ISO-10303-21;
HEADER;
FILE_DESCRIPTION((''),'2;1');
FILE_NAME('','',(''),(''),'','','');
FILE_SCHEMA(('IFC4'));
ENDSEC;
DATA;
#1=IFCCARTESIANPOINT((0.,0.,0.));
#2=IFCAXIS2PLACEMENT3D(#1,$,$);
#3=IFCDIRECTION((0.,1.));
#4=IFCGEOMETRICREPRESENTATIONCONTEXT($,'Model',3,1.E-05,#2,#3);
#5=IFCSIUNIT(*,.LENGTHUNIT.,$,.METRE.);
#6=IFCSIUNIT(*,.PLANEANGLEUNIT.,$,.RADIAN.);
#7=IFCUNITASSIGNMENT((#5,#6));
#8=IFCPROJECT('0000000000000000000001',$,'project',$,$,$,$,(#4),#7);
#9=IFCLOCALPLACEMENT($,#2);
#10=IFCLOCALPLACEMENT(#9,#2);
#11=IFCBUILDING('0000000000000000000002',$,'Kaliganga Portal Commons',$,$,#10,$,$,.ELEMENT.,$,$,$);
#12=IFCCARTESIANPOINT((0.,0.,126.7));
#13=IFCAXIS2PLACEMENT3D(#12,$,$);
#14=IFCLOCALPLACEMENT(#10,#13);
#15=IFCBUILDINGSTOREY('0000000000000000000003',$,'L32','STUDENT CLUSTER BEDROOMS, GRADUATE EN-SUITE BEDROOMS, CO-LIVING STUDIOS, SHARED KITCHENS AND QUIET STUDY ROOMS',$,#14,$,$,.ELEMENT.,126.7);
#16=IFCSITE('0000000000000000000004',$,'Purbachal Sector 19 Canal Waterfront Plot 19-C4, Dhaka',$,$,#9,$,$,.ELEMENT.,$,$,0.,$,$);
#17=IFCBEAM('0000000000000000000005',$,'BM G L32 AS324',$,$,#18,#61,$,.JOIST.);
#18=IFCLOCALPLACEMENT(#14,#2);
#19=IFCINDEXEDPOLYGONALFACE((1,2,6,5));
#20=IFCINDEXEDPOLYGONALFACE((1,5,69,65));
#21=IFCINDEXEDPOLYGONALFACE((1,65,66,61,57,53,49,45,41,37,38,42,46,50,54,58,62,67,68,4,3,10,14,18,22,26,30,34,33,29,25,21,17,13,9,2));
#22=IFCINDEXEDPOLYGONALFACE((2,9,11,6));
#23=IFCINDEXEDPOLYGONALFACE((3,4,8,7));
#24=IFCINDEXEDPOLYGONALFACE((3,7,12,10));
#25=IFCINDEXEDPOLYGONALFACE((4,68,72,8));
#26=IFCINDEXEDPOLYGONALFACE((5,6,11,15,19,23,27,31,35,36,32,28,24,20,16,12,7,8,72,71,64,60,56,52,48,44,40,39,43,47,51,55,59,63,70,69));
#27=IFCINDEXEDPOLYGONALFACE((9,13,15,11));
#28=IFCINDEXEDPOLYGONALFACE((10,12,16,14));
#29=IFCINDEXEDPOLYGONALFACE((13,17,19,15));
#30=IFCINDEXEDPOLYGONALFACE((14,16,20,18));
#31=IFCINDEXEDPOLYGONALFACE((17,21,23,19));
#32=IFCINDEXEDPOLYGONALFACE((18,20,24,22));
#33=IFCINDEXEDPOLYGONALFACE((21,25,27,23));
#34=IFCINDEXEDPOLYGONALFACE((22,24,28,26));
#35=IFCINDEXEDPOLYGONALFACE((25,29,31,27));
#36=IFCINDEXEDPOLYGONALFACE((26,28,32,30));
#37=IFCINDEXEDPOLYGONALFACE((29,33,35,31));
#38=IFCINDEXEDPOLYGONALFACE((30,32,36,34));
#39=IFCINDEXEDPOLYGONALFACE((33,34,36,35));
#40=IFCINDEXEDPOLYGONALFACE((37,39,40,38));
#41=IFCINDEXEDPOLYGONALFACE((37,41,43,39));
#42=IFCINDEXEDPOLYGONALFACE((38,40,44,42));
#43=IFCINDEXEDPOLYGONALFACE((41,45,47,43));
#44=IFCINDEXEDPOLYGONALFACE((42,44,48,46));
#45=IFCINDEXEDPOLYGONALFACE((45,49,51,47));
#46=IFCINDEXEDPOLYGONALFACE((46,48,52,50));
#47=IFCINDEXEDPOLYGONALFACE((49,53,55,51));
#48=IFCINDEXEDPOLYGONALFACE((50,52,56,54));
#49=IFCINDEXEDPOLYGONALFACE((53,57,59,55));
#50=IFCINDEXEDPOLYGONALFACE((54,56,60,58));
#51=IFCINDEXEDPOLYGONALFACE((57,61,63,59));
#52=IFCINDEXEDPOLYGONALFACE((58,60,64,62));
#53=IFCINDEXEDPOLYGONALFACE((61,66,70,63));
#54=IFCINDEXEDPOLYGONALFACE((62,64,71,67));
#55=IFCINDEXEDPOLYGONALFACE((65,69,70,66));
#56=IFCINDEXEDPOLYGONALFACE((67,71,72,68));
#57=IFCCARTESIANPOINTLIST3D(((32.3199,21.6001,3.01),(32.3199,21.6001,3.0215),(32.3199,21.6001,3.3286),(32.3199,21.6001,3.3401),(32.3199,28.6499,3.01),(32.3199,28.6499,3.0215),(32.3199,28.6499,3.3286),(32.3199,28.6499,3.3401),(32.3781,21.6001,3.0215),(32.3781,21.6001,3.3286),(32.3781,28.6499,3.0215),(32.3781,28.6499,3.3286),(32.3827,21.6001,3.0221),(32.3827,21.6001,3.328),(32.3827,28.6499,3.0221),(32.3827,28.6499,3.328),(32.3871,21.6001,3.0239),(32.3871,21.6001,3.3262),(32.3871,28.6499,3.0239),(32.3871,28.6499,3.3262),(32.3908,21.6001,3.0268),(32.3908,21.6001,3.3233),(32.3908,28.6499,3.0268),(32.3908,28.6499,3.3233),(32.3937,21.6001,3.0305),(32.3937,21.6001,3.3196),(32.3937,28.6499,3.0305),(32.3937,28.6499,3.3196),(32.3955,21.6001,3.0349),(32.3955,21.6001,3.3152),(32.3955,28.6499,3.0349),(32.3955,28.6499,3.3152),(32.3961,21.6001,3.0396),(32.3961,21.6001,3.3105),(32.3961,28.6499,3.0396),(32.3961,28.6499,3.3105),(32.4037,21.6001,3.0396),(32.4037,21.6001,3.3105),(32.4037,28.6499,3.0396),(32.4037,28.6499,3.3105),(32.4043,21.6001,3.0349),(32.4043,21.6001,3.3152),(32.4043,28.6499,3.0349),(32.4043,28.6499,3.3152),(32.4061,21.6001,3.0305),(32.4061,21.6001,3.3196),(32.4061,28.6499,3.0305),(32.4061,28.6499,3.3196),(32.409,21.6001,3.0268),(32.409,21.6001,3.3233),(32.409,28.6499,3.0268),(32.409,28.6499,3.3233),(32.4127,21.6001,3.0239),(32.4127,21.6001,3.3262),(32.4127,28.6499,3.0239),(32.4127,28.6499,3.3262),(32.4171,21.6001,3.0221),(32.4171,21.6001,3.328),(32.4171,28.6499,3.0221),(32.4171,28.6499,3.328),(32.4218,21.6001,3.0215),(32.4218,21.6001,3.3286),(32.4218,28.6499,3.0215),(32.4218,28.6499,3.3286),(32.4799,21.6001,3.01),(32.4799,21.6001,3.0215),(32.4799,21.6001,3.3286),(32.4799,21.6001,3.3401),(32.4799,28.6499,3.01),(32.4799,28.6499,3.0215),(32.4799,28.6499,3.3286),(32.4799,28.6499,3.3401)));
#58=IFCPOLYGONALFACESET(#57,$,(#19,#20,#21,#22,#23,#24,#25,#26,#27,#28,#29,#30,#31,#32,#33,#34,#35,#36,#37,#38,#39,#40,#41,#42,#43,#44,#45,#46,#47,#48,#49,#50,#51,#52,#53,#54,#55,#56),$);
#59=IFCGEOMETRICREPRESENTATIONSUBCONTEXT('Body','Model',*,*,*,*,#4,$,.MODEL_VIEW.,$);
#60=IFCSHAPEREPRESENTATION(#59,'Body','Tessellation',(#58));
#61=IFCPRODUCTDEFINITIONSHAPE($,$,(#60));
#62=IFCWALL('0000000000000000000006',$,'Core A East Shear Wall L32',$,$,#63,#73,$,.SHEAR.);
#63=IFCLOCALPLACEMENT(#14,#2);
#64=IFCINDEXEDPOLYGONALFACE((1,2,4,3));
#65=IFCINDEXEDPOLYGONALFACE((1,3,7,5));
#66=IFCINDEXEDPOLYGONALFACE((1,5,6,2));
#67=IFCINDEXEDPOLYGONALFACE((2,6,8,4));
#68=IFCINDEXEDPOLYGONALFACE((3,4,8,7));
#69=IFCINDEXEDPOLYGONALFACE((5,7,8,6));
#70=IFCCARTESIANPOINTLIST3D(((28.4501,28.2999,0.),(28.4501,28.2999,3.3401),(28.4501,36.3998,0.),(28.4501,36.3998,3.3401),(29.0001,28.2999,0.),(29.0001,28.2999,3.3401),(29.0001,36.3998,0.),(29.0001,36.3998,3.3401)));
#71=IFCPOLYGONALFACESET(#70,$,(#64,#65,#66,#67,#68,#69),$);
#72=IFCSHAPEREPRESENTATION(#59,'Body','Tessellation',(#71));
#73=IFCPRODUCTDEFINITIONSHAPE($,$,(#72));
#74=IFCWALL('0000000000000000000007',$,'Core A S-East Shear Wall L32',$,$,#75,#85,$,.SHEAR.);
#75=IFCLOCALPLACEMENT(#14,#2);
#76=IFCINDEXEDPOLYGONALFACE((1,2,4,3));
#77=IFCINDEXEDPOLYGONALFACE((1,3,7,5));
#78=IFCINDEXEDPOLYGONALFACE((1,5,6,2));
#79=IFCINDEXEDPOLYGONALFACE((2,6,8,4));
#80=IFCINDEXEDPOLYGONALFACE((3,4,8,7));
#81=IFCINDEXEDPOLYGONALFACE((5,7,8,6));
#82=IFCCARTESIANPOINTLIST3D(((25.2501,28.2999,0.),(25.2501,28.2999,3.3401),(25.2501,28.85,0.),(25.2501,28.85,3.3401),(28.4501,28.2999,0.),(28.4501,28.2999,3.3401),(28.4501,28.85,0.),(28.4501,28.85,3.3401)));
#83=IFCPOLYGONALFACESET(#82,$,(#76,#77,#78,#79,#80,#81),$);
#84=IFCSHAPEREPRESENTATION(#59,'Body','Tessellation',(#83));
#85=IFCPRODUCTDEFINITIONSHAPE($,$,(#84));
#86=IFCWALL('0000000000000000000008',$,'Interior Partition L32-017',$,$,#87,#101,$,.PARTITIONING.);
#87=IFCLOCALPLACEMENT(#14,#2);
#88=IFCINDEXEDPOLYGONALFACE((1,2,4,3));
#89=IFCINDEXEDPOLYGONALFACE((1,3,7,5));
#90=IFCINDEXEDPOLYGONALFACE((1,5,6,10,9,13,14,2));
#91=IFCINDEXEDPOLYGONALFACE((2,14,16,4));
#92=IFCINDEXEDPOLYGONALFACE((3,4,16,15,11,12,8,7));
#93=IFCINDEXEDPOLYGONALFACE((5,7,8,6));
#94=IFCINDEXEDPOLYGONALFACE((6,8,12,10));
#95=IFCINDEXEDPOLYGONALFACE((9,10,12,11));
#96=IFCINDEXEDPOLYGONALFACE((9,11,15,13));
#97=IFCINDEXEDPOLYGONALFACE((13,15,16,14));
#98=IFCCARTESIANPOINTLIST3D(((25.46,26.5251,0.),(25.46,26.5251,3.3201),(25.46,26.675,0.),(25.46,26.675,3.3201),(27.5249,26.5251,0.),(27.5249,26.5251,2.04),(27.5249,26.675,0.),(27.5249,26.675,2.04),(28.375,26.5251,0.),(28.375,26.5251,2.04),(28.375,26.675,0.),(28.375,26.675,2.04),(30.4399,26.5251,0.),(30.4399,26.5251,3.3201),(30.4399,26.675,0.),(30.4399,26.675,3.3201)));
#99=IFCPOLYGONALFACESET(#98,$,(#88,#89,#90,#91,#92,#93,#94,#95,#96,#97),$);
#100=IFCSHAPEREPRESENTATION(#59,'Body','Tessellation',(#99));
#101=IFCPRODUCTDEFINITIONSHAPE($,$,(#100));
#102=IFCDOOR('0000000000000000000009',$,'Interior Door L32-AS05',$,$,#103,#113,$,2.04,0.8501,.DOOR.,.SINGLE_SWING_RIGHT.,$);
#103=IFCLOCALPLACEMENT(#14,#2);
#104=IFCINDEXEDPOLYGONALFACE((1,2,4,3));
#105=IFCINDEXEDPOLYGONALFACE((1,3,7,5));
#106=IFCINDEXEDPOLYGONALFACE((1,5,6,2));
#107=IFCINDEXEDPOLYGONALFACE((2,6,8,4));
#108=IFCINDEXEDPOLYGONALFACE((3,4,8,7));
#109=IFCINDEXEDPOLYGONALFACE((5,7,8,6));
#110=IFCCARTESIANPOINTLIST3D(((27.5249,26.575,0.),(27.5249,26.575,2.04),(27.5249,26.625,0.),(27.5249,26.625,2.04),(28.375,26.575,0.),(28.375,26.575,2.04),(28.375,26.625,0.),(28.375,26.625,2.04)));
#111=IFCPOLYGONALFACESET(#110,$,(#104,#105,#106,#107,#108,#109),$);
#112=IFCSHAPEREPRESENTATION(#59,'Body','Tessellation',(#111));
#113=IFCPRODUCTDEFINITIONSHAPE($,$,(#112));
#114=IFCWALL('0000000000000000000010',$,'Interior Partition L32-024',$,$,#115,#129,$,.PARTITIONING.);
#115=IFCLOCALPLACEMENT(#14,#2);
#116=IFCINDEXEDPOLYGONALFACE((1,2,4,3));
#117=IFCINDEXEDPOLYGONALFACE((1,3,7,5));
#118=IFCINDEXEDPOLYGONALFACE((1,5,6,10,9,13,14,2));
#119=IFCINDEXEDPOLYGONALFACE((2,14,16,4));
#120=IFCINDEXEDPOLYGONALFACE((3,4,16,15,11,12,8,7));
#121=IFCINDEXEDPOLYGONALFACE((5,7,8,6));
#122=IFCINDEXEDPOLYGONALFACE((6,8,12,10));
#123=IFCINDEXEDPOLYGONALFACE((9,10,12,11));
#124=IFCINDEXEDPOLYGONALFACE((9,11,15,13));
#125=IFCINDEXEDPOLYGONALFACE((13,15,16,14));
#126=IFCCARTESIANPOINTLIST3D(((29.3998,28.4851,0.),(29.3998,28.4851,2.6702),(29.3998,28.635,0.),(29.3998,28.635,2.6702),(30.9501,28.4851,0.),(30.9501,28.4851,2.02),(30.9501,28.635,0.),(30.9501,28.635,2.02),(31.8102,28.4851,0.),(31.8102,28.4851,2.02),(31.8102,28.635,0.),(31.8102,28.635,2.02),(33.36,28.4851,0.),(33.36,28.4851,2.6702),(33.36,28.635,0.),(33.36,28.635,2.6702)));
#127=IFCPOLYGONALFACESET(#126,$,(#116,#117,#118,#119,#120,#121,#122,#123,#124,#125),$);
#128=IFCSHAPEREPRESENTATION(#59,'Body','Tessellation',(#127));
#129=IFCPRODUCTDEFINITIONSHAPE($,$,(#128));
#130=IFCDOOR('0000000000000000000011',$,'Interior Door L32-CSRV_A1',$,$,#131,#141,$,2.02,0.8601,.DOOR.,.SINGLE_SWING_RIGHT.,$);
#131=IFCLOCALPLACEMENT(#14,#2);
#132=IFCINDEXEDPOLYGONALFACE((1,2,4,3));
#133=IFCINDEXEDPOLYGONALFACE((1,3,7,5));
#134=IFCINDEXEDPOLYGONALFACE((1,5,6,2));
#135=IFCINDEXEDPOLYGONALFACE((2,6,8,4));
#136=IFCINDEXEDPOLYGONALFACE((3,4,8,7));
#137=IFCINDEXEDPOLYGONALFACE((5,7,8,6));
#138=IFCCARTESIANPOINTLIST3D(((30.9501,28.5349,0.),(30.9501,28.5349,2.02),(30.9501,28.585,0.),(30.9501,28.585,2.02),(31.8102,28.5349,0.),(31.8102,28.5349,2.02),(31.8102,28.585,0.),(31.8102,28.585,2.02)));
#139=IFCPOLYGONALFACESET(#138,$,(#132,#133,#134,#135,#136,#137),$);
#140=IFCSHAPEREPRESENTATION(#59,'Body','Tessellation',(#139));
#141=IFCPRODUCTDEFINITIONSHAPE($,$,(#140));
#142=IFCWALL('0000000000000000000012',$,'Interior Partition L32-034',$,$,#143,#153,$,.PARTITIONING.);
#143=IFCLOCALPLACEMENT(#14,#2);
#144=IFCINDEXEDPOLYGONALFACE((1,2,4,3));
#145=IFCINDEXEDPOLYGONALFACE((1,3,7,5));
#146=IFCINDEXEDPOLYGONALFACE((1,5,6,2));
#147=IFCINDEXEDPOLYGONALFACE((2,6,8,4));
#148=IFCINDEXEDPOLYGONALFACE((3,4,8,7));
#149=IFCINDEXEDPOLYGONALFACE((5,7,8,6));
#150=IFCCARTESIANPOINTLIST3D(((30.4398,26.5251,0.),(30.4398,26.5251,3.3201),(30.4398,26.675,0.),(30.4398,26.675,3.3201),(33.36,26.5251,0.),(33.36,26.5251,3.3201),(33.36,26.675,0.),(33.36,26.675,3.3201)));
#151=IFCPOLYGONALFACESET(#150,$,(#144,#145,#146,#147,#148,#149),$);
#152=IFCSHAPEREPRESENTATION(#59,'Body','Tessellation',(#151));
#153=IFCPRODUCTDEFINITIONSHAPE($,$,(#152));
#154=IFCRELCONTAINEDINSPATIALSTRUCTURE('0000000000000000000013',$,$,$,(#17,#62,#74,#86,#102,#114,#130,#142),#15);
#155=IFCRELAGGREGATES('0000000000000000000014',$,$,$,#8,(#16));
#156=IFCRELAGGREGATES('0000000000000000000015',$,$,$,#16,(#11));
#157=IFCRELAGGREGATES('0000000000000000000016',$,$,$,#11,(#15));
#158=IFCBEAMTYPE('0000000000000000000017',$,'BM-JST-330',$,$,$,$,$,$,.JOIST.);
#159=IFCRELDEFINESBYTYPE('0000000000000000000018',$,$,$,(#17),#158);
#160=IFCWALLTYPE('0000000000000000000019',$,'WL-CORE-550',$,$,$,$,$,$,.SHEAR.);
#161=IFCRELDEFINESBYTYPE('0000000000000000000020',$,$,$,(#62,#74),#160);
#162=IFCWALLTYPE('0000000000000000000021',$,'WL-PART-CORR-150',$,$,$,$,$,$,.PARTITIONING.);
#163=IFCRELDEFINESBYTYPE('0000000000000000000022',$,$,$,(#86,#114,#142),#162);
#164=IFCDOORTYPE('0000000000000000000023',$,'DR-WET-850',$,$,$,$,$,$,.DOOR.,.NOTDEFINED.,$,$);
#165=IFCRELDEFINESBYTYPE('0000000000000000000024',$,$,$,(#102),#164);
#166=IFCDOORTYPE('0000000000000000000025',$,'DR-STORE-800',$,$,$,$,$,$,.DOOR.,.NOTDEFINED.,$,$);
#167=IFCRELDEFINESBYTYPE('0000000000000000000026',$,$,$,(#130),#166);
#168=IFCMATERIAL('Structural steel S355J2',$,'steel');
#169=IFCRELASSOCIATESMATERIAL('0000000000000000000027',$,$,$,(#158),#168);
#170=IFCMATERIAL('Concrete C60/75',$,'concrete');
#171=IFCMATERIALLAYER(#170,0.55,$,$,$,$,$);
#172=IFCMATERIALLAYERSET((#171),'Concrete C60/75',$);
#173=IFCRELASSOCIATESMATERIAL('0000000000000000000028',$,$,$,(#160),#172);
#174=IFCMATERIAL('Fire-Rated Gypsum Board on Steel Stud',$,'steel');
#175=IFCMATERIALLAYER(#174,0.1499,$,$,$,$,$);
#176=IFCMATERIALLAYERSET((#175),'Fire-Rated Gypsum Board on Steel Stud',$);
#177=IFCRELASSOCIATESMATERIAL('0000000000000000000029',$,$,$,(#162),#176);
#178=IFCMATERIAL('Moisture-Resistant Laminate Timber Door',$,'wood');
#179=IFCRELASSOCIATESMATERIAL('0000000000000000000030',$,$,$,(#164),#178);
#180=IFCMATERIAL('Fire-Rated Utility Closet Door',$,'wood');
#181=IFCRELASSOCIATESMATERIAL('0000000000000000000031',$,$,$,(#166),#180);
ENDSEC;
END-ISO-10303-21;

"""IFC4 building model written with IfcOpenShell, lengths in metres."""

from ifc_helpers import new_model, si_unit, direction, frame, frame_2d, origin, origin_2d, place, context, subcontext, project, spatial, rectangle, i_section, extrude, source, transform, mapped, material, layer, layer_set, material_profile, profile_set, type_object, element, fill, save


model = new_model("IFC4")

# Units and contexts
model_context = context("Model", 3, precision=1e-05, world=origin(), true_north=direction((0.0, 1.0)))
body_context = subcontext(model_context, "Body", "Model", "MODEL_VIEW")
ifc_project = project(units=[si_unit("LENGTHUNIT", "METRE"), si_unit("PLANEANGLEUNIT", "RADIAN")], contexts=[model_context])

# Site, building, storey
site_placement = place(None, origin())
site = spatial("IfcSite", under=ifc_project, at=site_placement, Name="Purbachal Sector 19 Canal Waterfront Plot 19-C4, Dhaka", CompositionType="ELEMENT", RefElevation=0.0)
building_placement = place(site_placement, origin())
building = spatial("IfcBuilding", under=site, at=building_placement, Name="Kaliganga Portal Commons", CompositionType="ELEMENT")
storey_placement = place(building_placement, frame((0.0, 0.0, 126.7)))
storey = spatial("IfcBuildingStorey", under=building, at=storey_placement, Name="L32", Description="STUDENT CLUSTER BEDROOMS, GRADUATE EN-SUITE BEDROOMS, CO-LIVING STUDIOS, SHARED KITCHENS AND QUIET STUDY ROOMS", CompositionType="ELEMENT", Elevation=126.7)

# Shared definitions
ifc_material_1 = material(Name="Concrete C60/75", Category="concrete")

# Beam
ifc_material_2 = material(Name="Structural steel S355J2", Category="steel")
ifc_material_profile_1 = material_profile(ifc_material_2, i_section(OverallWidth=0.1599, OverallDepth=0.3301, WebThickness=0.0076, FlangeThickness=0.0115, FilletRadius=0.0181, at=origin_2d()), Name="IPE 330")
ifc_profile_set_1 = profile_set([ifc_material_profile_1], Name="Structural steel S355J2 wide-flange")
beam_type_1 = type_object("IfcBeamType", Name="BM-JST-330", PredefinedType="JOIST", material=ifc_profile_set_1)
shared_shape_1 = source(origin(), body_context, "Body", "SweptSolid", [
    extrude(i_section(OverallWidth=0.1599, OverallDepth=0.3301, WebThickness=0.0076, FlangeThickness=0.0115, FilletRadius=0.0181, at=origin_2d()), origin(), (0.0, 0.0, 1.0), 7.0498),
])
beam_1_placement = place(storey_placement, frame((32.3999, 21.6001, 3.175), z_axis=(0.0, 1.0, 0.0), x_axis=(-1.0, 0.0, 0.0)))
element("IfcBeam", 1, at=beam_1_placement, inside=storey, type_object=beam_type_1, Name="BM G L32 AS324", PredefinedType="JOIST", context=body_context, shape_type="MappedRepresentation", body=[
    mapped(shared_shape_1, transform((0.0, 0.0, 0.0), x_axis=(1.0, 0.0, 0.0), y_axis=(0.0, 1.0, 0.0), z_axis=(0.0, 0.0, 1.0), scale=1.0)),
])

# Walls
ifc_layer_1 = layer(ifc_material_1, 0.55)
ifc_layer_set_1 = layer_set([ifc_layer_1], Name="Concrete C60/75")
wall_type_1 = type_object("IfcWallType", Name="WL-CORE-550", PredefinedType="SHEAR", material=ifc_layer_set_1)
wall_1_placement = place(storey_placement, frame((28.7251, 28.3, 0.0), z_axis=(0.0, 0.0, 1.0), x_axis=(0.0, 1.0, 0.0)))
element("IfcWall", 2, at=wall_1_placement, inside=storey, type_object=wall_type_1, Name="Core A East Shear Wall L32", PredefinedType="SHEAR", context=body_context, shape_type="SweptSolid", body=[
    extrude(rectangle(XDim=8.0999, YDim=0.55, at=frame_2d((4.0498, 0.0))), origin(), (0.0, 0.0, 1.0), 3.3401),
])
wall_2_placement = place(storey_placement, frame((25.25, 28.575, 0.0), z_axis=(0.0, 0.0, 1.0), x_axis=(1.0, 0.0, 0.0)))
element("IfcWall", 3, at=wall_2_placement, inside=storey, type_object=wall_type_1, Name="Core A S-East Shear Wall L32", PredefinedType="SHEAR", context=body_context, shape_type="SweptSolid", body=[
    extrude(rectangle(XDim=3.2, YDim=0.55, at=frame_2d((1.6001, 0.0))), origin(), (0.0, 0.0, 1.0), 3.3401),
])

# Walls, openings, doors
ifc_material_3 = material(Name="Fire-Rated Gypsum Board on Steel Stud", Category="steel")
ifc_layer_2 = layer(ifc_material_3, 0.1499)
ifc_layer_set_2 = layer_set([ifc_layer_2], Name="Fire-Rated Gypsum Board on Steel Stud")
wall_type_2 = type_object("IfcWallType", Name="WL-PART-CORR-150", PredefinedType="PARTITIONING", material=ifc_layer_set_2)
wall_3_placement = place(storey_placement, frame((25.46, 26.6001, 0.0), z_axis=(0.0, 0.0, 1.0), x_axis=(1.0, 0.0, 0.0)))
wall_3 = element("IfcWall", 4, at=wall_3_placement, inside=storey, type_object=wall_type_2, Name="Interior Partition L32-017", PredefinedType="PARTITIONING", context=body_context, shape_type="SweptSolid", body=[
    extrude(rectangle(XDim=4.98, YDim=0.1499, at=frame_2d((2.49, 0.0))), origin(), (0.0, 0.0, 1.0), 3.3201),
])
opening_1_placement = place(wall_3_placement, frame((2.0649, 0.0, 0.0)))
opening_1 = element("IfcOpeningElement", 5, at=opening_1_placement, cuts=wall_3, PredefinedType="OPENING", context=body_context, shape_type="SweptSolid", body=[
    extrude(rectangle(XDim=0.8501, YDim=2.04, at=frame_2d((0.425, 1.02))), frame((0.0, 0.085, 0.0), z_axis=(0.0, -1.0, 0.0), x_axis=(1.0, 0.0, 0.0)), (0.0, 0.0, 1.0), 0.1699),
])
ifc_material_4 = material(Name="Moisture-Resistant Laminate Timber Door", Category="wood")
door_type_1 = type_object("IfcDoorType", Name="DR-WET-850", OperationType="NOTDEFINED", PredefinedType="DOOR", material=ifc_material_4)
door_1_placement = place(opening_1_placement, origin())
door_1 = element("IfcDoor", 6, at=door_1_placement, inside=storey, type_object=door_type_1, Name="Interior Door L32-AS05", OperationType="SINGLE_SWING_RIGHT", OverallHeight=2.04, OverallWidth=0.8501, PredefinedType="DOOR", context=body_context, shape_type="SweptSolid", body=[
    extrude(rectangle(XDim=0.8501, YDim=2.04, at=frame_2d((0.425, 1.02))), frame((0.0, 0.0249, 0.0), z_axis=(0.0, -1.0, 0.0), x_axis=(1.0, 0.0, 0.0)), (0.0, 0.0, 1.0), 0.05),
])
fill(opening_1, door_1)
wall_4_placement = place(storey_placement, frame((29.3999, 28.5601, 0.0), z_axis=(0.0, 0.0, 1.0), x_axis=(1.0, 0.0, 0.0)))
wall_4 = element("IfcWall", 7, at=wall_4_placement, inside=storey, type_object=wall_type_2, Name="Interior Partition L32-024", PredefinedType="PARTITIONING", context=body_context, shape_type="SweptSolid", body=[
    extrude(rectangle(XDim=3.9602, YDim=0.1499, at=frame_2d((1.98, 0.0))), origin(), (0.0, 0.0, 1.0), 2.6702),
])
opening_2_placement = place(wall_4_placement, frame((1.55, 0.0, 0.0)))
opening_2 = element("IfcOpeningElement", 8, at=opening_2_placement, cuts=wall_4, PredefinedType="OPENING", context=body_context, shape_type="SweptSolid", body=[
    extrude(rectangle(XDim=0.8601, YDim=2.02, at=frame_2d((0.4302, 1.01))), frame((0.0, 0.085, 0.0), z_axis=(0.0, -1.0, 0.0), x_axis=(1.0, 0.0, 0.0)), (0.0, 0.0, 1.0), 0.1699),
])
ifc_material_5 = material(Name="Fire-Rated Utility Closet Door", Category="wood")
door_type_2 = type_object("IfcDoorType", Name="DR-STORE-800", OperationType="NOTDEFINED", PredefinedType="DOOR", material=ifc_material_5)
door_2_placement = place(opening_2_placement, origin())
door_2 = element("IfcDoor", 9, at=door_2_placement, inside=storey, type_object=door_type_2, Name="Interior Door L32-CSRV_A1", OperationType="SINGLE_SWING_RIGHT", OverallHeight=2.02, OverallWidth=0.8601, PredefinedType="DOOR", context=body_context, shape_type="SweptSolid", body=[
    extrude(rectangle(XDim=0.8601, YDim=2.02, at=frame_2d((0.4302, 1.01))), frame((0.0, 0.0249, 0.0), z_axis=(0.0, -1.0, 0.0), x_axis=(1.0, 0.0, 0.0)), (0.0, 0.0, 1.0), 0.05),
])
fill(opening_2, door_2)

# Wall
wall_5_placement = place(storey_placement, frame((30.4399, 26.6001, 0.0), z_axis=(0.0, 0.0, 1.0), x_axis=(1.0, 0.0, 0.0)))
element("IfcWall", 10, at=wall_5_placement, inside=storey, type_object=wall_type_2, Name="Interior Partition L32-034", PredefinedType="PARTITIONING", context=body_context, shape_type="SweptSolid", body=[
    extrude(rectangle(XDim=2.9202, YDim=0.1499, at=frame_2d((1.46, 0.0))), origin(), (0.0, 0.0, 1.0), 3.3201),
])

save(model, "model.ifc")
